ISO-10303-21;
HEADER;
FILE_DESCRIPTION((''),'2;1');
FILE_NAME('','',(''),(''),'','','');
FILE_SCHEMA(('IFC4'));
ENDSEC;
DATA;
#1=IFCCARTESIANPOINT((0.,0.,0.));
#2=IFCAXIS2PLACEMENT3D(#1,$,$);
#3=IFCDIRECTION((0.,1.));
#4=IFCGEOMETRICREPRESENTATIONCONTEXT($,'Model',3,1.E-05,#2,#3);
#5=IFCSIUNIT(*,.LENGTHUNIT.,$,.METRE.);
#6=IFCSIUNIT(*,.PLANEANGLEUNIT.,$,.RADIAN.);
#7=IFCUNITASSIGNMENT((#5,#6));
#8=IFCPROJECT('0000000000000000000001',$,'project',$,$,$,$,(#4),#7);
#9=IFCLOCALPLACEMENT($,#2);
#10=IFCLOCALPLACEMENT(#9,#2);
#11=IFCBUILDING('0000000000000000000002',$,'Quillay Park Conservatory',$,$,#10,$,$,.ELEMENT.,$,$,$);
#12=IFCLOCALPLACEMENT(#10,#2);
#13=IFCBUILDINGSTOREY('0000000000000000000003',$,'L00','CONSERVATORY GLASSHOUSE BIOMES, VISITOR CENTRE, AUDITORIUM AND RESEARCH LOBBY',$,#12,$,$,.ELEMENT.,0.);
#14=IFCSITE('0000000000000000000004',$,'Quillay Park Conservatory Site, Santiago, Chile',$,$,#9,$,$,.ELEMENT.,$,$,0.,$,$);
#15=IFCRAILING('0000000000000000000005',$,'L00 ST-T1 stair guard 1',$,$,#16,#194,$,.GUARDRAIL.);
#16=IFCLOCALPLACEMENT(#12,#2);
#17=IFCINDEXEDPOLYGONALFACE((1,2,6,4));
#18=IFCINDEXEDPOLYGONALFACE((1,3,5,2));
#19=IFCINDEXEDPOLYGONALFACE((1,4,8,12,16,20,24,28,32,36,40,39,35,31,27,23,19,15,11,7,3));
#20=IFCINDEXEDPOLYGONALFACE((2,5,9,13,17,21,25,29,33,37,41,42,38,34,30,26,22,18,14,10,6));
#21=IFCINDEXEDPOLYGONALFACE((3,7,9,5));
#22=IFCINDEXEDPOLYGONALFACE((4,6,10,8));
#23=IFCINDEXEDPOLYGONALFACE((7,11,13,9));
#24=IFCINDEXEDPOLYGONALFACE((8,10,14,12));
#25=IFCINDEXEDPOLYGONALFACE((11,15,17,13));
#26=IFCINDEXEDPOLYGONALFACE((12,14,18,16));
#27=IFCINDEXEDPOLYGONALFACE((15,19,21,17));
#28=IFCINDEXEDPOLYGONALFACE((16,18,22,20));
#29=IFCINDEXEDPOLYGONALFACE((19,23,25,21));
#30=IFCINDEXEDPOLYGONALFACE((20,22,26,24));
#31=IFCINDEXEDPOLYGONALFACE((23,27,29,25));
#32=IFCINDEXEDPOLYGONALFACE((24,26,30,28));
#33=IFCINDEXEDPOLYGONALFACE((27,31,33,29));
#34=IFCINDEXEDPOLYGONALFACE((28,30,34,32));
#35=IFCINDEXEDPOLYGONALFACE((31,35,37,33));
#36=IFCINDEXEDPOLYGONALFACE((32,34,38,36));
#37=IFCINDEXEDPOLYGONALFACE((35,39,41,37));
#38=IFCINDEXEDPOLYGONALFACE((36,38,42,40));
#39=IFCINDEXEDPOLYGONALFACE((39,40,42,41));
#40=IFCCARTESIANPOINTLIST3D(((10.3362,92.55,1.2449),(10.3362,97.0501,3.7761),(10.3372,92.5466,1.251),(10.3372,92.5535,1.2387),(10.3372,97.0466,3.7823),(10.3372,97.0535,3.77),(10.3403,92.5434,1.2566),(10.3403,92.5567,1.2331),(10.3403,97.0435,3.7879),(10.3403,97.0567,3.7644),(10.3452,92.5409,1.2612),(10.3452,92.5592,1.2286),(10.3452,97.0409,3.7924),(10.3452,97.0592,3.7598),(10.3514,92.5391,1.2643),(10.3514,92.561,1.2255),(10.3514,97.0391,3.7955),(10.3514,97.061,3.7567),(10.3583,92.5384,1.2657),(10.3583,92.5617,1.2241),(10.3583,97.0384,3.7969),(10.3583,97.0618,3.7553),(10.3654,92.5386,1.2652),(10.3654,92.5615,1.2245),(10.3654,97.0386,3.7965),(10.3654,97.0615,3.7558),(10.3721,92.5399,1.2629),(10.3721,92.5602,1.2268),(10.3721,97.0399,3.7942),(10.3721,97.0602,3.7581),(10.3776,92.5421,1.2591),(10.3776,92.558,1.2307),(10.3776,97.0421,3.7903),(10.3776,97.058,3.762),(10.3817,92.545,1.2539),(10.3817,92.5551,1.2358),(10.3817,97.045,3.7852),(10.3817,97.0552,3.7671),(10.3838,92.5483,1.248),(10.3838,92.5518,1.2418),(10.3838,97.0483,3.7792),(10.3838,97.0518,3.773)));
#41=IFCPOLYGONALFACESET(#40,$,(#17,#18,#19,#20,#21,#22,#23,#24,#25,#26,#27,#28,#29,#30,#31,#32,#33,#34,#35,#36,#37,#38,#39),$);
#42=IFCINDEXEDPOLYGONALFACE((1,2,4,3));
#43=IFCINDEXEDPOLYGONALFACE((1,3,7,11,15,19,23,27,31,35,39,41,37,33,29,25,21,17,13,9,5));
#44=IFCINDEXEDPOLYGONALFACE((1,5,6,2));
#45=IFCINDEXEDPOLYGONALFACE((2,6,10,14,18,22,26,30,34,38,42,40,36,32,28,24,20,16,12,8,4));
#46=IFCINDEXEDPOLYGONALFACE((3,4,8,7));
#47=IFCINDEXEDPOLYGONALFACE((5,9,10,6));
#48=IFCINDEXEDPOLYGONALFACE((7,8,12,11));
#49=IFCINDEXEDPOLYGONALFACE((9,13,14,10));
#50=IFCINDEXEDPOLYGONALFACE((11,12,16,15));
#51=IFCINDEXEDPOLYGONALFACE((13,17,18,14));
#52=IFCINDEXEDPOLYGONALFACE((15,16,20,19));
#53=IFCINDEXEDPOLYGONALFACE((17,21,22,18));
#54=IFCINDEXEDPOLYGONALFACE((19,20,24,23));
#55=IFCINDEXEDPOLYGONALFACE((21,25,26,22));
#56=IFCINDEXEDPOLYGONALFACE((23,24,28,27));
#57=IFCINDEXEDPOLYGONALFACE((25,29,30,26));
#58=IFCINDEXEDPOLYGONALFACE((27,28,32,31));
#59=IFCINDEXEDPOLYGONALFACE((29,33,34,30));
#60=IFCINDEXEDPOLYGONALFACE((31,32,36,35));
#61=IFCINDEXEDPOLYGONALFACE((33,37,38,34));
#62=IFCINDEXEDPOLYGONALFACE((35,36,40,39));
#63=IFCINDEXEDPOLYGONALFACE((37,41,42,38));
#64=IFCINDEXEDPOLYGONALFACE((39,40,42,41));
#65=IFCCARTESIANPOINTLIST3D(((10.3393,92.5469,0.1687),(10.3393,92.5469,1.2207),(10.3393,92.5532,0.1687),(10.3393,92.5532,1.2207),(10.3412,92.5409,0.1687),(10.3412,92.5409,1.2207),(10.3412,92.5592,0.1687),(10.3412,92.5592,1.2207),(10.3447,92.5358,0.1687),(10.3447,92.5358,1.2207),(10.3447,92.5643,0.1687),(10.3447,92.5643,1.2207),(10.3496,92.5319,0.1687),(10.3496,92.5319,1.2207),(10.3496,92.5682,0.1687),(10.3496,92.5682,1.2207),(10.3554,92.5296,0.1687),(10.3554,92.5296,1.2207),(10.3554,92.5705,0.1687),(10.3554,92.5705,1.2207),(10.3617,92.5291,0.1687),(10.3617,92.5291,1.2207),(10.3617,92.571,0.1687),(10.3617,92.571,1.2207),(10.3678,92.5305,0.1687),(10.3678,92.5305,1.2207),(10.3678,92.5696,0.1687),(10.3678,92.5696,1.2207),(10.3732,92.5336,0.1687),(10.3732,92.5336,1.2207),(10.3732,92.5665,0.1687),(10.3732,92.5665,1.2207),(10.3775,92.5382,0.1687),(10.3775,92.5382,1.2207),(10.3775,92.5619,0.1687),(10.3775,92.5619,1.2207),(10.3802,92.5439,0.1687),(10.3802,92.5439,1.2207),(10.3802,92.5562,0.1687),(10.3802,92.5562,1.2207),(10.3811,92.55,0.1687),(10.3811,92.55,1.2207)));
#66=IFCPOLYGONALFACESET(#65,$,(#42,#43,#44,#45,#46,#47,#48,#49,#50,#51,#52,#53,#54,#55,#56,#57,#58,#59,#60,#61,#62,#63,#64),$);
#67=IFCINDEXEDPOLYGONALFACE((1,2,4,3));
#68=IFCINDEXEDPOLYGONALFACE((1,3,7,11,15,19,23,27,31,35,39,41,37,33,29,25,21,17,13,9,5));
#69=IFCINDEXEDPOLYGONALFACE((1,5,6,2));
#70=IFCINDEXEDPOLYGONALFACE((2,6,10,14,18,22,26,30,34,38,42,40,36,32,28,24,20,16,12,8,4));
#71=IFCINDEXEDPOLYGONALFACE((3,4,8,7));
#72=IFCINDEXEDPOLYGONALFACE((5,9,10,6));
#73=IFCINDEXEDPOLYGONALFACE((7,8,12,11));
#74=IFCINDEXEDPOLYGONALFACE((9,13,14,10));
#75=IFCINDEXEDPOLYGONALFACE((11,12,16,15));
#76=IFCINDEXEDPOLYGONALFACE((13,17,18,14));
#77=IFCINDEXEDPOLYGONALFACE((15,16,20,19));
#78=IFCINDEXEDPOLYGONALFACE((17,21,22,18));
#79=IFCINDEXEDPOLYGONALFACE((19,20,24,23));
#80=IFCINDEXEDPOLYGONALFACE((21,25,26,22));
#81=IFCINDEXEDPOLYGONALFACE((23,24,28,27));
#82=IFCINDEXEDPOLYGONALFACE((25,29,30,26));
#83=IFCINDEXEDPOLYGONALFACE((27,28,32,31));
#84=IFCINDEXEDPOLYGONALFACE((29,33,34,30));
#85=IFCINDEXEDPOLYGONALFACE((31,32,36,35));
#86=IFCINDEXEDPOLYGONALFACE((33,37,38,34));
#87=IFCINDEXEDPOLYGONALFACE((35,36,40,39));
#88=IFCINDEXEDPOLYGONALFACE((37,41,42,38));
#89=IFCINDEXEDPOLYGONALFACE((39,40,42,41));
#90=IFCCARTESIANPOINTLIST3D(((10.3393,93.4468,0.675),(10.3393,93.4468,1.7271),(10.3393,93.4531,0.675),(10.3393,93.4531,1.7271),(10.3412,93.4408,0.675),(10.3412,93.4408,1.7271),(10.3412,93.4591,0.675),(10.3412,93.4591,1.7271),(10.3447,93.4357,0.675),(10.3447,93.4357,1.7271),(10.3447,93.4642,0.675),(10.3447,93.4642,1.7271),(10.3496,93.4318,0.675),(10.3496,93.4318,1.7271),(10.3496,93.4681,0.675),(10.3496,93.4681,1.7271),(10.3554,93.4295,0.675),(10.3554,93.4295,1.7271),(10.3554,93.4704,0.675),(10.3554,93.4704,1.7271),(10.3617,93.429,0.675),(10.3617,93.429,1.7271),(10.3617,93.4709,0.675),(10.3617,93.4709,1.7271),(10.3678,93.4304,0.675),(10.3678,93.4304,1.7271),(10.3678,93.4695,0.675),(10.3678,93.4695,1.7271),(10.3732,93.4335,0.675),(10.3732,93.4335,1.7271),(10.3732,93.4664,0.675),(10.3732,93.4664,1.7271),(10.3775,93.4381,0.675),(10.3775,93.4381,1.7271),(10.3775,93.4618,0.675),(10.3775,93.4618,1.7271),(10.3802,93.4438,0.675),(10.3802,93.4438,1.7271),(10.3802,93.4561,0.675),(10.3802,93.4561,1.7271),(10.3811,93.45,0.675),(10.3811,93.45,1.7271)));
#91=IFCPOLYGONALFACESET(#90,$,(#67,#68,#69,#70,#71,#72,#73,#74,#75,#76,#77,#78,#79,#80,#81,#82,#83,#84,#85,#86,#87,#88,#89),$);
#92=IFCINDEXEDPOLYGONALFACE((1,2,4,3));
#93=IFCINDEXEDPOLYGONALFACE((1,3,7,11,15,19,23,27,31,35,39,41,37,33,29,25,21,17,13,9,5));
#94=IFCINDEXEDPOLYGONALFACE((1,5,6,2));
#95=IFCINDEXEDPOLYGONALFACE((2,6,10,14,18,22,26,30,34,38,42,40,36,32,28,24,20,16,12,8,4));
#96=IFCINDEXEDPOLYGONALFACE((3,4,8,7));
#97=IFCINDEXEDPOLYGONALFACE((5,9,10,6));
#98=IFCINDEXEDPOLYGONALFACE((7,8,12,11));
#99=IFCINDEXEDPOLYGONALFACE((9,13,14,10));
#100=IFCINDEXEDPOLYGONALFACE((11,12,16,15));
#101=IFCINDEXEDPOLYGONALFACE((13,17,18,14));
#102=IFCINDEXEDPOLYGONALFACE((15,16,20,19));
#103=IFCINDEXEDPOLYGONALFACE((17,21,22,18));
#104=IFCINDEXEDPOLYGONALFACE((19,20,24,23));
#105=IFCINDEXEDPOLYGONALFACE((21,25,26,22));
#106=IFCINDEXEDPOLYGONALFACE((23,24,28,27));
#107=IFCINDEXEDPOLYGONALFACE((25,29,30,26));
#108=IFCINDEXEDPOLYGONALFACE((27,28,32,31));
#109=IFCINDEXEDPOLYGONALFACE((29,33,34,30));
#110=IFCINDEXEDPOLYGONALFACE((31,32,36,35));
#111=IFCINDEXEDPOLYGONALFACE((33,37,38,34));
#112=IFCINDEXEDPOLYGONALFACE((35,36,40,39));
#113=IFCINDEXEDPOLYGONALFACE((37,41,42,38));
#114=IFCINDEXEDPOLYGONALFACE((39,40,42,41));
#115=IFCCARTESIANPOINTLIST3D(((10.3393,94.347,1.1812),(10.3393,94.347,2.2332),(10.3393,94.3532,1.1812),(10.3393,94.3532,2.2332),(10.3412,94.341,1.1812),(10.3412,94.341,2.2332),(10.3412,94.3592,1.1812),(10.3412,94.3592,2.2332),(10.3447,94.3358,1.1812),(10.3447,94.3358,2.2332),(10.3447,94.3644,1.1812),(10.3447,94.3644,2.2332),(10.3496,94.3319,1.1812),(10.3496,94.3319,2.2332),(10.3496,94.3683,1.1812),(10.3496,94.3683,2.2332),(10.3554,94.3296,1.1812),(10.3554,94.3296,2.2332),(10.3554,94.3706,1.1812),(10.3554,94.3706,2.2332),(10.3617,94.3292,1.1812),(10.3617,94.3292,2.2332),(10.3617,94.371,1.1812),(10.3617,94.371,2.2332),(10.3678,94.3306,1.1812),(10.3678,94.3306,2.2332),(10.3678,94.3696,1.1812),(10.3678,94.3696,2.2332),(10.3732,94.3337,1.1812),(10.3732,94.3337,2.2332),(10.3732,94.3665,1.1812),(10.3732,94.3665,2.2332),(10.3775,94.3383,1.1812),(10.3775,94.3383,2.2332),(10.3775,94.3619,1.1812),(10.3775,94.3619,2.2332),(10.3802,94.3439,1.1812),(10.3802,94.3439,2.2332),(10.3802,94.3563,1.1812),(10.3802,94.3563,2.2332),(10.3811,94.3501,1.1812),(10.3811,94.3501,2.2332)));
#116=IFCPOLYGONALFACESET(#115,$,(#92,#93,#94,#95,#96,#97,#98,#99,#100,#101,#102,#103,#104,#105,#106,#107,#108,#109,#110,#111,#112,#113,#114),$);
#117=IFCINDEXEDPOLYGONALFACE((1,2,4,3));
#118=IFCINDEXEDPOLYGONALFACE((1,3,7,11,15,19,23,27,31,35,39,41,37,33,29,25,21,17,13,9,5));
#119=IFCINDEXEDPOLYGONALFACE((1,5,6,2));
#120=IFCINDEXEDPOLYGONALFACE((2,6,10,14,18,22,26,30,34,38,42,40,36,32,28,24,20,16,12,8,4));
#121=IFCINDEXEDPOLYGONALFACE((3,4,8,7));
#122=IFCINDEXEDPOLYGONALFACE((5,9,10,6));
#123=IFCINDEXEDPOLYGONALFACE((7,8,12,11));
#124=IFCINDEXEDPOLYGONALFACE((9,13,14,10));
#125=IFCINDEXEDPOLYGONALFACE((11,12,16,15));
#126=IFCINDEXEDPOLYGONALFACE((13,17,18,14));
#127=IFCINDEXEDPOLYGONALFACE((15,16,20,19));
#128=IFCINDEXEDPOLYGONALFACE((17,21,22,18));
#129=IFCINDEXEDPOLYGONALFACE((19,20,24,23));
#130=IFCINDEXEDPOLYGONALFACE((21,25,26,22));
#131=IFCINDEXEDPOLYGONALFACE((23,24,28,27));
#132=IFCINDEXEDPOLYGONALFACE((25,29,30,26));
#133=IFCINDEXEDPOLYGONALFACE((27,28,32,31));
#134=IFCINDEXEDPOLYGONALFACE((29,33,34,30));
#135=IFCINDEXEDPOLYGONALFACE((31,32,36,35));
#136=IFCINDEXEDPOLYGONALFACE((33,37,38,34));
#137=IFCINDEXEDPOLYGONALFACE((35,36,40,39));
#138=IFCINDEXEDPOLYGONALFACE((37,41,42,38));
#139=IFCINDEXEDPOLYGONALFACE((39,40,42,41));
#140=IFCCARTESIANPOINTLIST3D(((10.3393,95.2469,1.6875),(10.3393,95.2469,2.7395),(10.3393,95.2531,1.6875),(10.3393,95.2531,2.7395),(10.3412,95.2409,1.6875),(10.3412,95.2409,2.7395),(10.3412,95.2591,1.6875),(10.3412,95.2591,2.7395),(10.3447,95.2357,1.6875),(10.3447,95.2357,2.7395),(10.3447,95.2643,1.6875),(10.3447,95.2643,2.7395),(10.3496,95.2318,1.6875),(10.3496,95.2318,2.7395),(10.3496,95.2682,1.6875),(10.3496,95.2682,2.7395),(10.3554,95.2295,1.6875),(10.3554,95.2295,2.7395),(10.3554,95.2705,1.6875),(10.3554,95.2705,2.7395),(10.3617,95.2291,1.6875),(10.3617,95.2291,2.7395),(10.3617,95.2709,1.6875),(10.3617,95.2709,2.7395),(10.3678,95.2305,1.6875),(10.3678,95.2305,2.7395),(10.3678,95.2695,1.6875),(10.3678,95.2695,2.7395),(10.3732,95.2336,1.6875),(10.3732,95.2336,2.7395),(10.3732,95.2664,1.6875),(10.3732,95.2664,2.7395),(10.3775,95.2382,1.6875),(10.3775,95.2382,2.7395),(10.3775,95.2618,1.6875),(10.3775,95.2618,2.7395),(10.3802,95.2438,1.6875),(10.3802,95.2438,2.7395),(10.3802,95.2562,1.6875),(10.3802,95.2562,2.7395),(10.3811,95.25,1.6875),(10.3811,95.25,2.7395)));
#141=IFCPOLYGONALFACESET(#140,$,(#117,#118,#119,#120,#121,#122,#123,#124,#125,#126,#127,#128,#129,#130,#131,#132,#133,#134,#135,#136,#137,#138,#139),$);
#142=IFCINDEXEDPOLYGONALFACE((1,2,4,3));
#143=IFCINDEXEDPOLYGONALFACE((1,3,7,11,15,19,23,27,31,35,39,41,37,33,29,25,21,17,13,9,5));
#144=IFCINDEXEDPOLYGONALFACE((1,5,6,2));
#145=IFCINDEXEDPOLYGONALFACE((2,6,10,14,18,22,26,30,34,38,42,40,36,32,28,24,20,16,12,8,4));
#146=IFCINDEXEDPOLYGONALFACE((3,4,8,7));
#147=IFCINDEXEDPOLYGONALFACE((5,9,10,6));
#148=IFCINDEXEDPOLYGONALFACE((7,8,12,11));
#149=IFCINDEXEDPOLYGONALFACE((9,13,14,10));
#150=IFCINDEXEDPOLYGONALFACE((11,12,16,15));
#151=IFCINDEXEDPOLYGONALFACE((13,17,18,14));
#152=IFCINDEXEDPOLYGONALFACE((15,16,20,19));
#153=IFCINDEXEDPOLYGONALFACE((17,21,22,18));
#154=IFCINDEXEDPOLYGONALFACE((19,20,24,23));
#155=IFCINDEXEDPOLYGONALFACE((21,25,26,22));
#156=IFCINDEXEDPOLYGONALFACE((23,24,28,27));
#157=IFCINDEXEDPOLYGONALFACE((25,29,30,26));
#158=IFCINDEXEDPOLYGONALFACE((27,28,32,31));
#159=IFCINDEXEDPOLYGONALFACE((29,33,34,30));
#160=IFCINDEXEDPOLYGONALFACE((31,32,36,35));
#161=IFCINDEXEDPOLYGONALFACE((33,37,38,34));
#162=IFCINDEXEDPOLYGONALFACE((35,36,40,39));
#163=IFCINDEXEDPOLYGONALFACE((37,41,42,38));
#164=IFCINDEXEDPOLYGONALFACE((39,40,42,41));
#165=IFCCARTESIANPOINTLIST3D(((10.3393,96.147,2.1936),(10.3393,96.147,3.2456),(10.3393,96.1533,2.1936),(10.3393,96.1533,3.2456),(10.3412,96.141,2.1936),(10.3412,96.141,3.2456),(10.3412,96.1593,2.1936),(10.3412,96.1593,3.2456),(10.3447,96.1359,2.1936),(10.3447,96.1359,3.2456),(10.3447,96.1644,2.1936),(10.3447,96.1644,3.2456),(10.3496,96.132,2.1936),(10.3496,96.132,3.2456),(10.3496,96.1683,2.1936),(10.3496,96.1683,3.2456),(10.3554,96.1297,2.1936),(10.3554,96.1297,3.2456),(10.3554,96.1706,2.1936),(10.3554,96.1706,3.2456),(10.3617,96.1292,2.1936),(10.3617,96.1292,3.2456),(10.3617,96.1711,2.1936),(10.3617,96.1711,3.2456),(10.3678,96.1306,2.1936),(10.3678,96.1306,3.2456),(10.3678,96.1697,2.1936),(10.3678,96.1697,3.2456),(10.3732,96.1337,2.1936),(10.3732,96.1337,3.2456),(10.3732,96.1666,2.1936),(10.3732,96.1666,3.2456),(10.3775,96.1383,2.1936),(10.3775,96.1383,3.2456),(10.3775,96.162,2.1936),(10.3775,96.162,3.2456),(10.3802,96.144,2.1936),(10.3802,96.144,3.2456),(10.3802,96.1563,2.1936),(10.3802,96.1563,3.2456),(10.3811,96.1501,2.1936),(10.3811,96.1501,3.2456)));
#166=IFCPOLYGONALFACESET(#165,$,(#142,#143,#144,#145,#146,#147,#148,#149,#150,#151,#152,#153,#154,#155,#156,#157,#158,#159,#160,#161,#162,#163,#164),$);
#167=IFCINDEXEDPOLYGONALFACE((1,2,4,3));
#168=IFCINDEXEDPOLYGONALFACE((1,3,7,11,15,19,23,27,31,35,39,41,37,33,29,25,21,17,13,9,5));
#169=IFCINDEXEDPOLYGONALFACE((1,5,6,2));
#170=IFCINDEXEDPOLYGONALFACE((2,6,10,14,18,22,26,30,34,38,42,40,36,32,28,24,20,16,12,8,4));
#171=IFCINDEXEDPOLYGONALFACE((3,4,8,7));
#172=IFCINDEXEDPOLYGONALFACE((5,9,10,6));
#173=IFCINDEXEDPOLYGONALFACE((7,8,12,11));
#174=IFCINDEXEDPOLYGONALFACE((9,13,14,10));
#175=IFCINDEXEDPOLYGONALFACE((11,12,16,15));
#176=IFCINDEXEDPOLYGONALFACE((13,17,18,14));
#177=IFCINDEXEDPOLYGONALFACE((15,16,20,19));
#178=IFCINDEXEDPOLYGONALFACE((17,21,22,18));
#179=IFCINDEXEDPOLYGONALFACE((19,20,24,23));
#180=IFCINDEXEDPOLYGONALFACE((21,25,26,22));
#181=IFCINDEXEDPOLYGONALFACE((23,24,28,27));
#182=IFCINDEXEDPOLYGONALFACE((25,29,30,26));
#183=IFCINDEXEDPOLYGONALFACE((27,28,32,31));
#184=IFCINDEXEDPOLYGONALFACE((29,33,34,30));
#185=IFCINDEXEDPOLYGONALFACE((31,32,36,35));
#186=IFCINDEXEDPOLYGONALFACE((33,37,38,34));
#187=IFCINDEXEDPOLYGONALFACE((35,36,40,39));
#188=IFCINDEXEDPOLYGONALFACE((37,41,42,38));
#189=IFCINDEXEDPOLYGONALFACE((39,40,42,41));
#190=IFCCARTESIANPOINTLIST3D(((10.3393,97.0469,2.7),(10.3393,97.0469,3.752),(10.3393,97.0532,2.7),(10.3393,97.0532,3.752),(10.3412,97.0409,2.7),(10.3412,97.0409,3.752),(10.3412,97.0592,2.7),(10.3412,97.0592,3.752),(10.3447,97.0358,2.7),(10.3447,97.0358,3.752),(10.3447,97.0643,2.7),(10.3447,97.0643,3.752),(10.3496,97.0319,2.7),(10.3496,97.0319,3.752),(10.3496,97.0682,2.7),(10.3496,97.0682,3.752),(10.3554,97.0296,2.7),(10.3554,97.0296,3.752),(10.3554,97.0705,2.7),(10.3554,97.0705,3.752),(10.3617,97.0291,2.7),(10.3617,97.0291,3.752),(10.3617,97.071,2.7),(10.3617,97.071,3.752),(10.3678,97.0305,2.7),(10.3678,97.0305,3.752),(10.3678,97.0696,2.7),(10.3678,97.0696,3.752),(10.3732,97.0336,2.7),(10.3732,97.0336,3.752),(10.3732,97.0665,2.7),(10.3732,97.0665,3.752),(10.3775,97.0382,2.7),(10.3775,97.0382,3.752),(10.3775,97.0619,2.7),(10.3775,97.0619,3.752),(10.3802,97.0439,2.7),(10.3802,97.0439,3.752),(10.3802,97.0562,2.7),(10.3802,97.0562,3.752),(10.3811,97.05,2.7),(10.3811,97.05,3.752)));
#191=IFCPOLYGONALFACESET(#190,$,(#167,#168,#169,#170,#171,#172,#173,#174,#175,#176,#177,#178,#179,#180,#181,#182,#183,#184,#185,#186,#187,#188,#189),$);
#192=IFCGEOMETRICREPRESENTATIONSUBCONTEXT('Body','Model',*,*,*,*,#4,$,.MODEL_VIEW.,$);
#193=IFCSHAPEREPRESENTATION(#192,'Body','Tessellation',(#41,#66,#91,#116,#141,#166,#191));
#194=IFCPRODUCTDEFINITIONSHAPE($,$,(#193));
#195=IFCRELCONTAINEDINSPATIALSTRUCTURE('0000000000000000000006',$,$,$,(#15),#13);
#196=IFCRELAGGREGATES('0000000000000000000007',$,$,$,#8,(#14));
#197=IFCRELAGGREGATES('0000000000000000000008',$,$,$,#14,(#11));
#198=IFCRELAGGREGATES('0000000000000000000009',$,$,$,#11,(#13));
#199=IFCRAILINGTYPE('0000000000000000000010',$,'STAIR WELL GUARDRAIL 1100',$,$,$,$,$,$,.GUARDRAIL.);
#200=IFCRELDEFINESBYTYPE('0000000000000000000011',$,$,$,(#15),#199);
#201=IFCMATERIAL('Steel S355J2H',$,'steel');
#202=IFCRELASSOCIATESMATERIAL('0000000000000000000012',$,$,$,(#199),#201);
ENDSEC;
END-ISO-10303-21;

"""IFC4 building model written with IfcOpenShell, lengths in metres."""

from ifc_helpers import new_model, si_unit, direction, frame, origin, origin_2d, place, context, subcontext, project, spatial, circle, extrude, material, type_object, element, save


model = new_model("IFC4")

# Units and contexts
model_context = context("Model", 3, precision=1e-05, world=origin(), true_north=direction((0.0, 1.0)))
body_context = subcontext(model_context, "Body", "Model", "MODEL_VIEW")
ifc_project = project(units=[si_unit("LENGTHUNIT", "METRE"), si_unit("PLANEANGLEUNIT", "RADIAN")], contexts=[model_context])

# Site, building, storey
site_placement = place(None, origin())
site = spatial("IfcSite", under=ifc_project, at=site_placement, Name="Quillay Park Conservatory Site, Santiago, Chile", CompositionType="ELEMENT", RefElevation=0.0)
building_placement = place(site_placement, origin())
building = spatial("IfcBuilding", under=site, at=building_placement, Name="Quillay Park Conservatory", CompositionType="ELEMENT")
storey_placement = place(building_placement, origin())
storey = spatial("IfcBuildingStorey", under=building, at=storey_placement, Name="L00", Description="CONSERVATORY GLASSHOUSE BIOMES, VISITOR CENTRE, AUDITORIUM AND RESEARCH LOBBY", CompositionType="ELEMENT", Elevation=0.0)

# Railing
ifc_material_1 = material(Name="Steel S355J2H", Category="steel")
railing_type_1 = type_object("IfcRailingType", Name="STAIR WELL GUARDRAIL 1100", PredefinedType="GUARDRAIL", material=ifc_material_1)
railing_1_placement = place(storey_placement, frame((10.3601, 92.55, 0.1687)))
element("IfcRailing", 1, at=railing_1_placement, inside=storey, type_object=railing_type_1, Name="L00 ST-T1 stair guard 1", PredefinedType="GUARDRAIL", context=body_context, shape_type="SweptSolid", body=[
    extrude(circle(Radius=0.0239, at=origin_2d()), frame((0.0, 0.0, 1.0762), z_axis=(0.0, 0.871576, 0.490261), x_axis=(-1.0, 0.0, 0.0)), (0.0, 0.0, 1.0), 5.1631),
    extrude(circle(Radius=0.021, at=origin_2d()), origin(), (0.0, 0.0, 1.0), 1.052),
    extrude(circle(Radius=0.021, at=origin_2d()), frame((0.0, 0.8999, 0.5063)), (0.0, 0.0, 1.0), 1.052),
    extrude(circle(Radius=0.021, at=origin_2d()), frame((0.0, 1.8, 1.0125)), (0.0, 0.0, 1.0), 1.052),
    extrude(circle(Radius=0.021, at=origin_2d()), frame((0.0, 2.7, 1.5188)), (0.0, 0.0, 1.0), 1.052),
    extrude(circle(Radius=0.021, at=origin_2d()), frame((0.0, 3.6001, 2.0249)), (0.0, 0.0, 1.0), 1.052),
    extrude(circle(Radius=0.021, at=origin_2d()), frame((0.0, 4.5, 2.5312)), (0.0, 0.0, 1.0), 1.052),
])

save(model, "model.ifc")
